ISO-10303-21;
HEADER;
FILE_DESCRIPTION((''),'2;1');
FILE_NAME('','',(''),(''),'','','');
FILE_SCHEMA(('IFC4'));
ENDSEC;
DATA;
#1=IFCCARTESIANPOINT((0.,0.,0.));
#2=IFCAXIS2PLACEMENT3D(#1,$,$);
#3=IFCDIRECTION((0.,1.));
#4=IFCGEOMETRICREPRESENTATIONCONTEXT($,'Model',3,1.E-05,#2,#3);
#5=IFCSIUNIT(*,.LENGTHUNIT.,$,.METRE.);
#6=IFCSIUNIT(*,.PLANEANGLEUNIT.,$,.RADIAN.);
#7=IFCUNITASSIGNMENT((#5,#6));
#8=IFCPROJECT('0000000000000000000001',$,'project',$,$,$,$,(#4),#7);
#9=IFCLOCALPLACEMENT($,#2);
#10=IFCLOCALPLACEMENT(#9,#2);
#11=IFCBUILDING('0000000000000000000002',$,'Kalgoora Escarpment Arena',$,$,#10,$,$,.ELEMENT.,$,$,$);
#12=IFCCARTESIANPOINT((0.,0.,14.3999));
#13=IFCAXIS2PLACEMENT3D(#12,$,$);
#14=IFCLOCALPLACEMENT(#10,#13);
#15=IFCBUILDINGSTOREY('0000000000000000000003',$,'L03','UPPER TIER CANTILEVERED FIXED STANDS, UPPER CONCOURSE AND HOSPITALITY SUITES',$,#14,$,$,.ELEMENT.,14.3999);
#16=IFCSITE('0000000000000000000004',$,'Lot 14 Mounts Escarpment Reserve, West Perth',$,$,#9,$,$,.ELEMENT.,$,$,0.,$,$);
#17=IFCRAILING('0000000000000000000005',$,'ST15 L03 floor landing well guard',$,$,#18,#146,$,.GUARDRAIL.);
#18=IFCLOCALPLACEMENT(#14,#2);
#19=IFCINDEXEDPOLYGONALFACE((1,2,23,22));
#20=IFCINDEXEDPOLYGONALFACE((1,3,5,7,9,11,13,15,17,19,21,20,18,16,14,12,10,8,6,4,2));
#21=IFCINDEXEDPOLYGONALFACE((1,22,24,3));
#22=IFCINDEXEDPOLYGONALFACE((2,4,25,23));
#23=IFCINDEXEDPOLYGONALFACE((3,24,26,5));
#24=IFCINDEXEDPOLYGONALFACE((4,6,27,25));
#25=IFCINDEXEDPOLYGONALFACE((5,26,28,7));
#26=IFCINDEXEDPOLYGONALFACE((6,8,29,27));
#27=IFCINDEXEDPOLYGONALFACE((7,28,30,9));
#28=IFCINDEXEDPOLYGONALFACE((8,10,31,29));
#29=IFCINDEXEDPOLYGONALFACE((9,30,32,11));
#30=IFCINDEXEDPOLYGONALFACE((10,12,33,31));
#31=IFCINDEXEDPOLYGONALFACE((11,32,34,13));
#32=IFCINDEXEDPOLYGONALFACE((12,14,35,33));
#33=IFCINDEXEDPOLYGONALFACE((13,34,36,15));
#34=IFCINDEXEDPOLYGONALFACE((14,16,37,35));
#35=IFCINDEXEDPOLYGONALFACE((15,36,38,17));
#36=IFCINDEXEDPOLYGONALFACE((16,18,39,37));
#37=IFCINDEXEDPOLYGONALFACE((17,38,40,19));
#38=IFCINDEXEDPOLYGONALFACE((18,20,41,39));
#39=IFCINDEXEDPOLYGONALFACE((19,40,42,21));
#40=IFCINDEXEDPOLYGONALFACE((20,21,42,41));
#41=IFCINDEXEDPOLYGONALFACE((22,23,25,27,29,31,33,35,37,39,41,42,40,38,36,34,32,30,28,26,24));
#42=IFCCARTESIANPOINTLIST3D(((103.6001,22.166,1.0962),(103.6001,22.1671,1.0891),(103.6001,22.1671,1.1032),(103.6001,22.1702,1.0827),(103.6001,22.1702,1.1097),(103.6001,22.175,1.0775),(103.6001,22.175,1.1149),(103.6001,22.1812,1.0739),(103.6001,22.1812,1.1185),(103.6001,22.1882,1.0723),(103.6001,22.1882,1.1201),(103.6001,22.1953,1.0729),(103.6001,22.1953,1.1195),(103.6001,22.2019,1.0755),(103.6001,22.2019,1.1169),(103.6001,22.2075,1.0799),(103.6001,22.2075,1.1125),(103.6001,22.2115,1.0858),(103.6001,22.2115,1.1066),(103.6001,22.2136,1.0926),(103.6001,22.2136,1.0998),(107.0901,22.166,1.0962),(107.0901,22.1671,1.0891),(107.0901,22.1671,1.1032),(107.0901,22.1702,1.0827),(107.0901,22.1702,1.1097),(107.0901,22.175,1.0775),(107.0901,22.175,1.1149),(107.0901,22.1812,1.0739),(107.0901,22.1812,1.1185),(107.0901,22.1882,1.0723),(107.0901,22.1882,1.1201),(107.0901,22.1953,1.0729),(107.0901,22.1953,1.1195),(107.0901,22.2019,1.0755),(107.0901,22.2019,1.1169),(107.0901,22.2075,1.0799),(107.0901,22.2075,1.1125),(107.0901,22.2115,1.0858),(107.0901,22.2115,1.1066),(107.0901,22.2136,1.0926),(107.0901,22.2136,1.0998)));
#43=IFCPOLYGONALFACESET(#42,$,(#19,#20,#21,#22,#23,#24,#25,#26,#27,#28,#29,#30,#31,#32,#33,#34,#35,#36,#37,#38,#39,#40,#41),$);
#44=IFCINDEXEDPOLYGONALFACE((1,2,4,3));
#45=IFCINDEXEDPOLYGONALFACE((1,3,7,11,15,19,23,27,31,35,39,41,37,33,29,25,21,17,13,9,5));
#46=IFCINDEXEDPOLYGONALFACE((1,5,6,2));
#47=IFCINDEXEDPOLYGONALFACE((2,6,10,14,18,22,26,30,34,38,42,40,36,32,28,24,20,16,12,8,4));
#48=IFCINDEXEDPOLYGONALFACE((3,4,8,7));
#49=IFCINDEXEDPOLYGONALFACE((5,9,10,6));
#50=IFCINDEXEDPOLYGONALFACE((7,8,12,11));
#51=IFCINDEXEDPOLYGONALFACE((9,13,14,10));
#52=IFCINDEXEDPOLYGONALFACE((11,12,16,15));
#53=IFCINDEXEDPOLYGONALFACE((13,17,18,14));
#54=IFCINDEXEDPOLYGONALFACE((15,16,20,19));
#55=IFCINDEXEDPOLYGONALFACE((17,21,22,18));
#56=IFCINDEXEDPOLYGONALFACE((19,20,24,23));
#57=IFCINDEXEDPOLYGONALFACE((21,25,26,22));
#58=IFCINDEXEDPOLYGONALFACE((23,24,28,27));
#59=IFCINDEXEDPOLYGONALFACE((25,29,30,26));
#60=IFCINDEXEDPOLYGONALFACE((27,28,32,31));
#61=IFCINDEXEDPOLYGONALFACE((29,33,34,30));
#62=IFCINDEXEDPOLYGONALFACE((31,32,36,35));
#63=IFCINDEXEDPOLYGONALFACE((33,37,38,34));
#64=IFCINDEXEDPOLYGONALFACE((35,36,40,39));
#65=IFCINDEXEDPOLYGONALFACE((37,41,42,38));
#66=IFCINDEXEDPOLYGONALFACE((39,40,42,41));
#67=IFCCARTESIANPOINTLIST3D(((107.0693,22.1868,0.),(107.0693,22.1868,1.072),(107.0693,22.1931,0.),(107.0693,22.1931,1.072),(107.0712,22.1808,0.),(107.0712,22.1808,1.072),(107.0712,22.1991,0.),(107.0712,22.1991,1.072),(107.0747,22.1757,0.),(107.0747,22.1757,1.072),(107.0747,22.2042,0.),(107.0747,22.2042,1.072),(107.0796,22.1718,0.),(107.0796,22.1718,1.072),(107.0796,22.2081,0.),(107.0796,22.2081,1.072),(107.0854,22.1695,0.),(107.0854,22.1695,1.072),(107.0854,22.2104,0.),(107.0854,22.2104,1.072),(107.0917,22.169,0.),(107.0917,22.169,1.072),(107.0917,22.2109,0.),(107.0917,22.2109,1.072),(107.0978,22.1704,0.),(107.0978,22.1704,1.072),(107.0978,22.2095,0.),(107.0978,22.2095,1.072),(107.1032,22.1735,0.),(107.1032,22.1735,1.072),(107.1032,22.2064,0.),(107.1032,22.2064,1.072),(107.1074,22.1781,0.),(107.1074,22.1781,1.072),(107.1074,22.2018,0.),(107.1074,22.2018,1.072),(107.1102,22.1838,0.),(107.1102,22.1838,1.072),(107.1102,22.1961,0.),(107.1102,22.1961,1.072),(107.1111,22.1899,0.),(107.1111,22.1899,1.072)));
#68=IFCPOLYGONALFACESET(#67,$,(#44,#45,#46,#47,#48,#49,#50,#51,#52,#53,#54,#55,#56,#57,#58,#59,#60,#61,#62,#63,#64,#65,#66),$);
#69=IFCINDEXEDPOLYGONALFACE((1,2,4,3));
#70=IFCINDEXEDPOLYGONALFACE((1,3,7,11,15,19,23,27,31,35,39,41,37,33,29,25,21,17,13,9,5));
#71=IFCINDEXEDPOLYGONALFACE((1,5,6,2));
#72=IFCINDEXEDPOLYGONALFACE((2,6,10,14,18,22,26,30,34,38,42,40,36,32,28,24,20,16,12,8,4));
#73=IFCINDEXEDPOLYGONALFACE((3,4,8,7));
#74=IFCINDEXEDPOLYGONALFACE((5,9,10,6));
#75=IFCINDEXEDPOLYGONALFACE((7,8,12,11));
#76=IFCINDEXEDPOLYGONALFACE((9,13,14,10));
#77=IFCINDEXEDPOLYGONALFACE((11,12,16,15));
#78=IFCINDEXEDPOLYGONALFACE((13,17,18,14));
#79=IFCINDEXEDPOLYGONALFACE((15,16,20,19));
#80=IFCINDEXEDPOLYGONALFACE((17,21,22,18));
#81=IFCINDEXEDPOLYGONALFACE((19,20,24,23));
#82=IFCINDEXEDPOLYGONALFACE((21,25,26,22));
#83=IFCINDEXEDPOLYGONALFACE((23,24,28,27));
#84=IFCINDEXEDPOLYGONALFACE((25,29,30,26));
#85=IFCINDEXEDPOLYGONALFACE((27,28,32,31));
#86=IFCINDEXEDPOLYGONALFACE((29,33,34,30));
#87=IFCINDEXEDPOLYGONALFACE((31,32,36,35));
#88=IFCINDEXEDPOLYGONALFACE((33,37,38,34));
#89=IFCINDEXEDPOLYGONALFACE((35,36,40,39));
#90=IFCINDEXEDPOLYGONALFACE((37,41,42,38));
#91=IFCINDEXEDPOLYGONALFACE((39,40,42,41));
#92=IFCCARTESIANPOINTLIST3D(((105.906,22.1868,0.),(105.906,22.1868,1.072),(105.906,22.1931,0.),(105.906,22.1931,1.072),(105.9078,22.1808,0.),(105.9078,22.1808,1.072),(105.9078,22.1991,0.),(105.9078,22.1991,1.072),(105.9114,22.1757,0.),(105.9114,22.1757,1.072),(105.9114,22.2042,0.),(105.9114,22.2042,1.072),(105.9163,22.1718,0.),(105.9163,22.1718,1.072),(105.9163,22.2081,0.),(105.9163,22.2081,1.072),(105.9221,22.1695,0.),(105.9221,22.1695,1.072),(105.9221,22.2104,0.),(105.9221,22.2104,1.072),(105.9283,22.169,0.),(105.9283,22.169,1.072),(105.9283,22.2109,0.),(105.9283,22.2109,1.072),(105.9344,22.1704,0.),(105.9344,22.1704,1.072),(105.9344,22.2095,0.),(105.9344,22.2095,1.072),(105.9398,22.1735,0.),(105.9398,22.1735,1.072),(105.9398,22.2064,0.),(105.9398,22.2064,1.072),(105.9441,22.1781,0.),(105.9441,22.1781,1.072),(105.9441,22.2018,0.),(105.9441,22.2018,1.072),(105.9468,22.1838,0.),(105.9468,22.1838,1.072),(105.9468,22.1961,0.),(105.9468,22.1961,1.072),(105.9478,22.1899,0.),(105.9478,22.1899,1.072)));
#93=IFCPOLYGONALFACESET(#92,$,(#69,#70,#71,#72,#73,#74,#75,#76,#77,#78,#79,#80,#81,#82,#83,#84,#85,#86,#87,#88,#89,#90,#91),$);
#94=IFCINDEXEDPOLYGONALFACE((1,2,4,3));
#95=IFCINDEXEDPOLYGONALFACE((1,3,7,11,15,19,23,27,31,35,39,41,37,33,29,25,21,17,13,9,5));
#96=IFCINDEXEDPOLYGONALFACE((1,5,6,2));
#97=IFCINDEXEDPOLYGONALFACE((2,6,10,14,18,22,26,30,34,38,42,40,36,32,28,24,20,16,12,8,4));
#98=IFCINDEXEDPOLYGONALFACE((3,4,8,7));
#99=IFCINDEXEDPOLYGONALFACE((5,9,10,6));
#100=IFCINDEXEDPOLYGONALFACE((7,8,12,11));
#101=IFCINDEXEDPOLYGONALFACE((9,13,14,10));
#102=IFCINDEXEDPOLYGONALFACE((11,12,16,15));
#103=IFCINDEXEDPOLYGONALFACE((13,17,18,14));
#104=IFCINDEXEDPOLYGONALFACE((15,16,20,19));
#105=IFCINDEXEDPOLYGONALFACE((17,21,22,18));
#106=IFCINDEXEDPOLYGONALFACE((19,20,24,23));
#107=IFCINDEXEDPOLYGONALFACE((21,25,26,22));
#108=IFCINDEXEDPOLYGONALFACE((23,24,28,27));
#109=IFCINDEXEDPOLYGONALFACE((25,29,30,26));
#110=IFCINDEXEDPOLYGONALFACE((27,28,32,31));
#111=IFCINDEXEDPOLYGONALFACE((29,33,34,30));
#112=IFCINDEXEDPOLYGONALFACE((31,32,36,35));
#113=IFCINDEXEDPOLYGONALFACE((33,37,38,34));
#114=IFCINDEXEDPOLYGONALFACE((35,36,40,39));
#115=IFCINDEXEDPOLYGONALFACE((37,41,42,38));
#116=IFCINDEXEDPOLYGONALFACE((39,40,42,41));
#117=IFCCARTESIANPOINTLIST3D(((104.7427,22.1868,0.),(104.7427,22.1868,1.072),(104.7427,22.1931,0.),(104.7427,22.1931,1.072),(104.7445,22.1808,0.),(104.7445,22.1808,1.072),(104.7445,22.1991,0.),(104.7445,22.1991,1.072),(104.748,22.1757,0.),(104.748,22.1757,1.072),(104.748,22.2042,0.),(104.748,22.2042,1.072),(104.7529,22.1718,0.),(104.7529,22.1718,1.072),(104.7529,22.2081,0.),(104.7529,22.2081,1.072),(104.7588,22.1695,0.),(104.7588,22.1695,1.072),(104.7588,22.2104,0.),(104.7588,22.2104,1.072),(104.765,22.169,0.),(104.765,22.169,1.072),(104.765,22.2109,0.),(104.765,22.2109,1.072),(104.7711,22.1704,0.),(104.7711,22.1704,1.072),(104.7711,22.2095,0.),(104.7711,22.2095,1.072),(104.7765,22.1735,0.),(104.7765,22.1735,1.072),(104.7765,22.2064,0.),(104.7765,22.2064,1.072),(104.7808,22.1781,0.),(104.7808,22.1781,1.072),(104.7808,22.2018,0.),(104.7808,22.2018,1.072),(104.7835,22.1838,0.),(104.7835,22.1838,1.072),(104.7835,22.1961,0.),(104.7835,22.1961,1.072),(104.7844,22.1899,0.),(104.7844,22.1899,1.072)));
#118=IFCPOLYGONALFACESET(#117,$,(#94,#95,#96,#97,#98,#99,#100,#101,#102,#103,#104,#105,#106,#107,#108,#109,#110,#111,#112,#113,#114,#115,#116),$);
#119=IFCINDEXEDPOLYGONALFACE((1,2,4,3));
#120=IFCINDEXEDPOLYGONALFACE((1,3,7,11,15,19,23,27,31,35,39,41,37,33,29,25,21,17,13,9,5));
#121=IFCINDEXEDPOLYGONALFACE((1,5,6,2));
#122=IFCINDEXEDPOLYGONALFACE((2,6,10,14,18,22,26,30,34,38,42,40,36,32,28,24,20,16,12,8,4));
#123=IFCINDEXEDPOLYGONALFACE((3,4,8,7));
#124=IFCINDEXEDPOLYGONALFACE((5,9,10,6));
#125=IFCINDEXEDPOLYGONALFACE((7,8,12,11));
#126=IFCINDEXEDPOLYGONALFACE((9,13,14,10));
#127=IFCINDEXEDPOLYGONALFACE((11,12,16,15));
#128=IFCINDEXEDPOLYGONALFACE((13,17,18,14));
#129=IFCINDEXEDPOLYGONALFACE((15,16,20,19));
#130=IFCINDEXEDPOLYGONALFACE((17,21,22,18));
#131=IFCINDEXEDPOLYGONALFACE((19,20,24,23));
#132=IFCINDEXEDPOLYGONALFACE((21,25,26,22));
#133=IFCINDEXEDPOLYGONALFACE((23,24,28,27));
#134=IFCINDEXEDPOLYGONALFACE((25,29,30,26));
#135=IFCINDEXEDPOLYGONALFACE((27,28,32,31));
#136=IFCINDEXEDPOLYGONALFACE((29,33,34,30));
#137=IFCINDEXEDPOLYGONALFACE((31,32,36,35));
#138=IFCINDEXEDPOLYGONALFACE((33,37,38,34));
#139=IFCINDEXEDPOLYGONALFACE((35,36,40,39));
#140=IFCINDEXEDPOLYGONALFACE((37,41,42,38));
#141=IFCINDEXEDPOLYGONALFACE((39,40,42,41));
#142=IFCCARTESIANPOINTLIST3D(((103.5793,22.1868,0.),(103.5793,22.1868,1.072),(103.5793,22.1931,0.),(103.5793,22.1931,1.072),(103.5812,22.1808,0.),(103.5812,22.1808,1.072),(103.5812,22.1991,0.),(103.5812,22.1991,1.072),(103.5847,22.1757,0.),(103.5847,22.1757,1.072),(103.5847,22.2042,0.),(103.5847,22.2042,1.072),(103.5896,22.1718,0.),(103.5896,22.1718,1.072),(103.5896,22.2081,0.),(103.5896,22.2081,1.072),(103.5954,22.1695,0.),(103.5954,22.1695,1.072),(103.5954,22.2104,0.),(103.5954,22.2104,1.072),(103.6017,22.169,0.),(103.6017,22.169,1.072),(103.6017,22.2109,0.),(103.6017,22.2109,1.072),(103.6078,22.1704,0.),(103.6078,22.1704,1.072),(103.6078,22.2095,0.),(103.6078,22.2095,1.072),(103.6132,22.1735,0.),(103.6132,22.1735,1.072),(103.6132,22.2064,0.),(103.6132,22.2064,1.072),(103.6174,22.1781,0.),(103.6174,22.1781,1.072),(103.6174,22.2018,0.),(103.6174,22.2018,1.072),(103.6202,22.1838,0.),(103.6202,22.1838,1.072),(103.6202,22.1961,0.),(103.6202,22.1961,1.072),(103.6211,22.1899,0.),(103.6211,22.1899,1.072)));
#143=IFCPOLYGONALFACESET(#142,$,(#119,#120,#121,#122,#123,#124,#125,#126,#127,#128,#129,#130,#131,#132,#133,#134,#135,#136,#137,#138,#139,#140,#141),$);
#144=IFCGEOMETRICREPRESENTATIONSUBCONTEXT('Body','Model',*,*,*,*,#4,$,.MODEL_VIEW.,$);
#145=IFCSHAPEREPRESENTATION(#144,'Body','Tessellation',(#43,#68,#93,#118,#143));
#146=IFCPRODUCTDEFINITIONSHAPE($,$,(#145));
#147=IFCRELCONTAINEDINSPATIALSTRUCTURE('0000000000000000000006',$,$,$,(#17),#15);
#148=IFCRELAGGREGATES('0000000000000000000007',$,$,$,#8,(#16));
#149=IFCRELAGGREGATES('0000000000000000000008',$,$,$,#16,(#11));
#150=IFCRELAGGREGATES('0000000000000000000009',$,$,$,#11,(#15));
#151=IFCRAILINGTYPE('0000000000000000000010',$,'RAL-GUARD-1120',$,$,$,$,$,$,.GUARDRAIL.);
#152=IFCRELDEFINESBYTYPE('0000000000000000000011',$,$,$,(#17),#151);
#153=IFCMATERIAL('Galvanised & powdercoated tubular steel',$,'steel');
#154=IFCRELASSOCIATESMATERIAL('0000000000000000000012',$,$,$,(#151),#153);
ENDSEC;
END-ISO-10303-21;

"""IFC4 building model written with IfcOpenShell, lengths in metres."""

from ifc_helpers import new_model, si_unit, direction, frame, origin, origin_2d, place, context, subcontext, project, spatial, circle, extrude, material, type_object, element, save


model = new_model("IFC4")

# Units and contexts
model_context = context("Model", 3, precision=1e-05, world=origin(), true_north=direction((0.0, 1.0)))
body_context = subcontext(model_context, "Body", "Model", "MODEL_VIEW")
ifc_project = project(units=[si_unit("LENGTHUNIT", "METRE"), si_unit("PLANEANGLEUNIT", "RADIAN")], contexts=[model_context])

# Site, building, storey
site_placement = place(None, origin())
site = spatial("IfcSite", under=ifc_project, at=site_placement, Name="Lot 14 Mounts Escarpment Reserve, West Perth", CompositionType="ELEMENT", RefElevation=0.0)
building_placement = place(site_placement, origin())
building = spatial("IfcBuilding", under=site, at=building_placement, Name="Kalgoora Escarpment Arena", CompositionType="ELEMENT")
storey_placement = place(building_placement, frame((0.0, 0.0, 14.3999)))
storey = spatial("IfcBuildingStorey", under=building, at=storey_placement, Name="L03", Description="UPPER TIER CANTILEVERED FIXED STANDS, UPPER CONCOURSE AND HOSPITALITY SUITES", CompositionType="ELEMENT", Elevation=14.3999)

# Railing
ifc_material_1 = material(Name="Galvanised & powdercoated tubular steel", Category="steel")
railing_type = type_object("IfcRailingType", Name="RAL-GUARD-1120", PredefinedType="GUARDRAIL", material=ifc_material_1)
railing_1_placement = place(storey_placement, frame((107.0901, 22.1899, 0.0)))
element("IfcRailing", 1, at=railing_1_placement, inside=storey, type_object=railing_type, Name="ST15 L03 floor landing well guard", PredefinedType="GUARDRAIL", context=body_context, shape_type="SweptSolid", body=[
    extrude(circle(Radius=0.0239, at=origin_2d()), frame((0.0, 0.0, 1.0962), z_axis=(-1.0, 0.0, 0.0), x_axis=(0.0, -1.0, 0.0)), (0.0, 0.0, 1.0), 3.49),
    extrude(circle(Radius=0.021, at=origin_2d()), origin(), (0.0, 0.0, 1.0), 1.072),
    extrude(circle(Radius=0.021, at=origin_2d()), frame((-1.1633, 0.0, 0.0)), (0.0, 0.0, 1.0), 1.072),
    extrude(circle(Radius=0.021, at=origin_2d()), frame((-2.3267, 0.0, 0.0)), (0.0, 0.0, 1.0), 1.072),
    extrude(circle(Radius=0.021, at=origin_2d()), frame((-3.49, 0.0, 0.0)), (0.0, 0.0, 1.0), 1.072),
])

save(model, "model.ifc")
